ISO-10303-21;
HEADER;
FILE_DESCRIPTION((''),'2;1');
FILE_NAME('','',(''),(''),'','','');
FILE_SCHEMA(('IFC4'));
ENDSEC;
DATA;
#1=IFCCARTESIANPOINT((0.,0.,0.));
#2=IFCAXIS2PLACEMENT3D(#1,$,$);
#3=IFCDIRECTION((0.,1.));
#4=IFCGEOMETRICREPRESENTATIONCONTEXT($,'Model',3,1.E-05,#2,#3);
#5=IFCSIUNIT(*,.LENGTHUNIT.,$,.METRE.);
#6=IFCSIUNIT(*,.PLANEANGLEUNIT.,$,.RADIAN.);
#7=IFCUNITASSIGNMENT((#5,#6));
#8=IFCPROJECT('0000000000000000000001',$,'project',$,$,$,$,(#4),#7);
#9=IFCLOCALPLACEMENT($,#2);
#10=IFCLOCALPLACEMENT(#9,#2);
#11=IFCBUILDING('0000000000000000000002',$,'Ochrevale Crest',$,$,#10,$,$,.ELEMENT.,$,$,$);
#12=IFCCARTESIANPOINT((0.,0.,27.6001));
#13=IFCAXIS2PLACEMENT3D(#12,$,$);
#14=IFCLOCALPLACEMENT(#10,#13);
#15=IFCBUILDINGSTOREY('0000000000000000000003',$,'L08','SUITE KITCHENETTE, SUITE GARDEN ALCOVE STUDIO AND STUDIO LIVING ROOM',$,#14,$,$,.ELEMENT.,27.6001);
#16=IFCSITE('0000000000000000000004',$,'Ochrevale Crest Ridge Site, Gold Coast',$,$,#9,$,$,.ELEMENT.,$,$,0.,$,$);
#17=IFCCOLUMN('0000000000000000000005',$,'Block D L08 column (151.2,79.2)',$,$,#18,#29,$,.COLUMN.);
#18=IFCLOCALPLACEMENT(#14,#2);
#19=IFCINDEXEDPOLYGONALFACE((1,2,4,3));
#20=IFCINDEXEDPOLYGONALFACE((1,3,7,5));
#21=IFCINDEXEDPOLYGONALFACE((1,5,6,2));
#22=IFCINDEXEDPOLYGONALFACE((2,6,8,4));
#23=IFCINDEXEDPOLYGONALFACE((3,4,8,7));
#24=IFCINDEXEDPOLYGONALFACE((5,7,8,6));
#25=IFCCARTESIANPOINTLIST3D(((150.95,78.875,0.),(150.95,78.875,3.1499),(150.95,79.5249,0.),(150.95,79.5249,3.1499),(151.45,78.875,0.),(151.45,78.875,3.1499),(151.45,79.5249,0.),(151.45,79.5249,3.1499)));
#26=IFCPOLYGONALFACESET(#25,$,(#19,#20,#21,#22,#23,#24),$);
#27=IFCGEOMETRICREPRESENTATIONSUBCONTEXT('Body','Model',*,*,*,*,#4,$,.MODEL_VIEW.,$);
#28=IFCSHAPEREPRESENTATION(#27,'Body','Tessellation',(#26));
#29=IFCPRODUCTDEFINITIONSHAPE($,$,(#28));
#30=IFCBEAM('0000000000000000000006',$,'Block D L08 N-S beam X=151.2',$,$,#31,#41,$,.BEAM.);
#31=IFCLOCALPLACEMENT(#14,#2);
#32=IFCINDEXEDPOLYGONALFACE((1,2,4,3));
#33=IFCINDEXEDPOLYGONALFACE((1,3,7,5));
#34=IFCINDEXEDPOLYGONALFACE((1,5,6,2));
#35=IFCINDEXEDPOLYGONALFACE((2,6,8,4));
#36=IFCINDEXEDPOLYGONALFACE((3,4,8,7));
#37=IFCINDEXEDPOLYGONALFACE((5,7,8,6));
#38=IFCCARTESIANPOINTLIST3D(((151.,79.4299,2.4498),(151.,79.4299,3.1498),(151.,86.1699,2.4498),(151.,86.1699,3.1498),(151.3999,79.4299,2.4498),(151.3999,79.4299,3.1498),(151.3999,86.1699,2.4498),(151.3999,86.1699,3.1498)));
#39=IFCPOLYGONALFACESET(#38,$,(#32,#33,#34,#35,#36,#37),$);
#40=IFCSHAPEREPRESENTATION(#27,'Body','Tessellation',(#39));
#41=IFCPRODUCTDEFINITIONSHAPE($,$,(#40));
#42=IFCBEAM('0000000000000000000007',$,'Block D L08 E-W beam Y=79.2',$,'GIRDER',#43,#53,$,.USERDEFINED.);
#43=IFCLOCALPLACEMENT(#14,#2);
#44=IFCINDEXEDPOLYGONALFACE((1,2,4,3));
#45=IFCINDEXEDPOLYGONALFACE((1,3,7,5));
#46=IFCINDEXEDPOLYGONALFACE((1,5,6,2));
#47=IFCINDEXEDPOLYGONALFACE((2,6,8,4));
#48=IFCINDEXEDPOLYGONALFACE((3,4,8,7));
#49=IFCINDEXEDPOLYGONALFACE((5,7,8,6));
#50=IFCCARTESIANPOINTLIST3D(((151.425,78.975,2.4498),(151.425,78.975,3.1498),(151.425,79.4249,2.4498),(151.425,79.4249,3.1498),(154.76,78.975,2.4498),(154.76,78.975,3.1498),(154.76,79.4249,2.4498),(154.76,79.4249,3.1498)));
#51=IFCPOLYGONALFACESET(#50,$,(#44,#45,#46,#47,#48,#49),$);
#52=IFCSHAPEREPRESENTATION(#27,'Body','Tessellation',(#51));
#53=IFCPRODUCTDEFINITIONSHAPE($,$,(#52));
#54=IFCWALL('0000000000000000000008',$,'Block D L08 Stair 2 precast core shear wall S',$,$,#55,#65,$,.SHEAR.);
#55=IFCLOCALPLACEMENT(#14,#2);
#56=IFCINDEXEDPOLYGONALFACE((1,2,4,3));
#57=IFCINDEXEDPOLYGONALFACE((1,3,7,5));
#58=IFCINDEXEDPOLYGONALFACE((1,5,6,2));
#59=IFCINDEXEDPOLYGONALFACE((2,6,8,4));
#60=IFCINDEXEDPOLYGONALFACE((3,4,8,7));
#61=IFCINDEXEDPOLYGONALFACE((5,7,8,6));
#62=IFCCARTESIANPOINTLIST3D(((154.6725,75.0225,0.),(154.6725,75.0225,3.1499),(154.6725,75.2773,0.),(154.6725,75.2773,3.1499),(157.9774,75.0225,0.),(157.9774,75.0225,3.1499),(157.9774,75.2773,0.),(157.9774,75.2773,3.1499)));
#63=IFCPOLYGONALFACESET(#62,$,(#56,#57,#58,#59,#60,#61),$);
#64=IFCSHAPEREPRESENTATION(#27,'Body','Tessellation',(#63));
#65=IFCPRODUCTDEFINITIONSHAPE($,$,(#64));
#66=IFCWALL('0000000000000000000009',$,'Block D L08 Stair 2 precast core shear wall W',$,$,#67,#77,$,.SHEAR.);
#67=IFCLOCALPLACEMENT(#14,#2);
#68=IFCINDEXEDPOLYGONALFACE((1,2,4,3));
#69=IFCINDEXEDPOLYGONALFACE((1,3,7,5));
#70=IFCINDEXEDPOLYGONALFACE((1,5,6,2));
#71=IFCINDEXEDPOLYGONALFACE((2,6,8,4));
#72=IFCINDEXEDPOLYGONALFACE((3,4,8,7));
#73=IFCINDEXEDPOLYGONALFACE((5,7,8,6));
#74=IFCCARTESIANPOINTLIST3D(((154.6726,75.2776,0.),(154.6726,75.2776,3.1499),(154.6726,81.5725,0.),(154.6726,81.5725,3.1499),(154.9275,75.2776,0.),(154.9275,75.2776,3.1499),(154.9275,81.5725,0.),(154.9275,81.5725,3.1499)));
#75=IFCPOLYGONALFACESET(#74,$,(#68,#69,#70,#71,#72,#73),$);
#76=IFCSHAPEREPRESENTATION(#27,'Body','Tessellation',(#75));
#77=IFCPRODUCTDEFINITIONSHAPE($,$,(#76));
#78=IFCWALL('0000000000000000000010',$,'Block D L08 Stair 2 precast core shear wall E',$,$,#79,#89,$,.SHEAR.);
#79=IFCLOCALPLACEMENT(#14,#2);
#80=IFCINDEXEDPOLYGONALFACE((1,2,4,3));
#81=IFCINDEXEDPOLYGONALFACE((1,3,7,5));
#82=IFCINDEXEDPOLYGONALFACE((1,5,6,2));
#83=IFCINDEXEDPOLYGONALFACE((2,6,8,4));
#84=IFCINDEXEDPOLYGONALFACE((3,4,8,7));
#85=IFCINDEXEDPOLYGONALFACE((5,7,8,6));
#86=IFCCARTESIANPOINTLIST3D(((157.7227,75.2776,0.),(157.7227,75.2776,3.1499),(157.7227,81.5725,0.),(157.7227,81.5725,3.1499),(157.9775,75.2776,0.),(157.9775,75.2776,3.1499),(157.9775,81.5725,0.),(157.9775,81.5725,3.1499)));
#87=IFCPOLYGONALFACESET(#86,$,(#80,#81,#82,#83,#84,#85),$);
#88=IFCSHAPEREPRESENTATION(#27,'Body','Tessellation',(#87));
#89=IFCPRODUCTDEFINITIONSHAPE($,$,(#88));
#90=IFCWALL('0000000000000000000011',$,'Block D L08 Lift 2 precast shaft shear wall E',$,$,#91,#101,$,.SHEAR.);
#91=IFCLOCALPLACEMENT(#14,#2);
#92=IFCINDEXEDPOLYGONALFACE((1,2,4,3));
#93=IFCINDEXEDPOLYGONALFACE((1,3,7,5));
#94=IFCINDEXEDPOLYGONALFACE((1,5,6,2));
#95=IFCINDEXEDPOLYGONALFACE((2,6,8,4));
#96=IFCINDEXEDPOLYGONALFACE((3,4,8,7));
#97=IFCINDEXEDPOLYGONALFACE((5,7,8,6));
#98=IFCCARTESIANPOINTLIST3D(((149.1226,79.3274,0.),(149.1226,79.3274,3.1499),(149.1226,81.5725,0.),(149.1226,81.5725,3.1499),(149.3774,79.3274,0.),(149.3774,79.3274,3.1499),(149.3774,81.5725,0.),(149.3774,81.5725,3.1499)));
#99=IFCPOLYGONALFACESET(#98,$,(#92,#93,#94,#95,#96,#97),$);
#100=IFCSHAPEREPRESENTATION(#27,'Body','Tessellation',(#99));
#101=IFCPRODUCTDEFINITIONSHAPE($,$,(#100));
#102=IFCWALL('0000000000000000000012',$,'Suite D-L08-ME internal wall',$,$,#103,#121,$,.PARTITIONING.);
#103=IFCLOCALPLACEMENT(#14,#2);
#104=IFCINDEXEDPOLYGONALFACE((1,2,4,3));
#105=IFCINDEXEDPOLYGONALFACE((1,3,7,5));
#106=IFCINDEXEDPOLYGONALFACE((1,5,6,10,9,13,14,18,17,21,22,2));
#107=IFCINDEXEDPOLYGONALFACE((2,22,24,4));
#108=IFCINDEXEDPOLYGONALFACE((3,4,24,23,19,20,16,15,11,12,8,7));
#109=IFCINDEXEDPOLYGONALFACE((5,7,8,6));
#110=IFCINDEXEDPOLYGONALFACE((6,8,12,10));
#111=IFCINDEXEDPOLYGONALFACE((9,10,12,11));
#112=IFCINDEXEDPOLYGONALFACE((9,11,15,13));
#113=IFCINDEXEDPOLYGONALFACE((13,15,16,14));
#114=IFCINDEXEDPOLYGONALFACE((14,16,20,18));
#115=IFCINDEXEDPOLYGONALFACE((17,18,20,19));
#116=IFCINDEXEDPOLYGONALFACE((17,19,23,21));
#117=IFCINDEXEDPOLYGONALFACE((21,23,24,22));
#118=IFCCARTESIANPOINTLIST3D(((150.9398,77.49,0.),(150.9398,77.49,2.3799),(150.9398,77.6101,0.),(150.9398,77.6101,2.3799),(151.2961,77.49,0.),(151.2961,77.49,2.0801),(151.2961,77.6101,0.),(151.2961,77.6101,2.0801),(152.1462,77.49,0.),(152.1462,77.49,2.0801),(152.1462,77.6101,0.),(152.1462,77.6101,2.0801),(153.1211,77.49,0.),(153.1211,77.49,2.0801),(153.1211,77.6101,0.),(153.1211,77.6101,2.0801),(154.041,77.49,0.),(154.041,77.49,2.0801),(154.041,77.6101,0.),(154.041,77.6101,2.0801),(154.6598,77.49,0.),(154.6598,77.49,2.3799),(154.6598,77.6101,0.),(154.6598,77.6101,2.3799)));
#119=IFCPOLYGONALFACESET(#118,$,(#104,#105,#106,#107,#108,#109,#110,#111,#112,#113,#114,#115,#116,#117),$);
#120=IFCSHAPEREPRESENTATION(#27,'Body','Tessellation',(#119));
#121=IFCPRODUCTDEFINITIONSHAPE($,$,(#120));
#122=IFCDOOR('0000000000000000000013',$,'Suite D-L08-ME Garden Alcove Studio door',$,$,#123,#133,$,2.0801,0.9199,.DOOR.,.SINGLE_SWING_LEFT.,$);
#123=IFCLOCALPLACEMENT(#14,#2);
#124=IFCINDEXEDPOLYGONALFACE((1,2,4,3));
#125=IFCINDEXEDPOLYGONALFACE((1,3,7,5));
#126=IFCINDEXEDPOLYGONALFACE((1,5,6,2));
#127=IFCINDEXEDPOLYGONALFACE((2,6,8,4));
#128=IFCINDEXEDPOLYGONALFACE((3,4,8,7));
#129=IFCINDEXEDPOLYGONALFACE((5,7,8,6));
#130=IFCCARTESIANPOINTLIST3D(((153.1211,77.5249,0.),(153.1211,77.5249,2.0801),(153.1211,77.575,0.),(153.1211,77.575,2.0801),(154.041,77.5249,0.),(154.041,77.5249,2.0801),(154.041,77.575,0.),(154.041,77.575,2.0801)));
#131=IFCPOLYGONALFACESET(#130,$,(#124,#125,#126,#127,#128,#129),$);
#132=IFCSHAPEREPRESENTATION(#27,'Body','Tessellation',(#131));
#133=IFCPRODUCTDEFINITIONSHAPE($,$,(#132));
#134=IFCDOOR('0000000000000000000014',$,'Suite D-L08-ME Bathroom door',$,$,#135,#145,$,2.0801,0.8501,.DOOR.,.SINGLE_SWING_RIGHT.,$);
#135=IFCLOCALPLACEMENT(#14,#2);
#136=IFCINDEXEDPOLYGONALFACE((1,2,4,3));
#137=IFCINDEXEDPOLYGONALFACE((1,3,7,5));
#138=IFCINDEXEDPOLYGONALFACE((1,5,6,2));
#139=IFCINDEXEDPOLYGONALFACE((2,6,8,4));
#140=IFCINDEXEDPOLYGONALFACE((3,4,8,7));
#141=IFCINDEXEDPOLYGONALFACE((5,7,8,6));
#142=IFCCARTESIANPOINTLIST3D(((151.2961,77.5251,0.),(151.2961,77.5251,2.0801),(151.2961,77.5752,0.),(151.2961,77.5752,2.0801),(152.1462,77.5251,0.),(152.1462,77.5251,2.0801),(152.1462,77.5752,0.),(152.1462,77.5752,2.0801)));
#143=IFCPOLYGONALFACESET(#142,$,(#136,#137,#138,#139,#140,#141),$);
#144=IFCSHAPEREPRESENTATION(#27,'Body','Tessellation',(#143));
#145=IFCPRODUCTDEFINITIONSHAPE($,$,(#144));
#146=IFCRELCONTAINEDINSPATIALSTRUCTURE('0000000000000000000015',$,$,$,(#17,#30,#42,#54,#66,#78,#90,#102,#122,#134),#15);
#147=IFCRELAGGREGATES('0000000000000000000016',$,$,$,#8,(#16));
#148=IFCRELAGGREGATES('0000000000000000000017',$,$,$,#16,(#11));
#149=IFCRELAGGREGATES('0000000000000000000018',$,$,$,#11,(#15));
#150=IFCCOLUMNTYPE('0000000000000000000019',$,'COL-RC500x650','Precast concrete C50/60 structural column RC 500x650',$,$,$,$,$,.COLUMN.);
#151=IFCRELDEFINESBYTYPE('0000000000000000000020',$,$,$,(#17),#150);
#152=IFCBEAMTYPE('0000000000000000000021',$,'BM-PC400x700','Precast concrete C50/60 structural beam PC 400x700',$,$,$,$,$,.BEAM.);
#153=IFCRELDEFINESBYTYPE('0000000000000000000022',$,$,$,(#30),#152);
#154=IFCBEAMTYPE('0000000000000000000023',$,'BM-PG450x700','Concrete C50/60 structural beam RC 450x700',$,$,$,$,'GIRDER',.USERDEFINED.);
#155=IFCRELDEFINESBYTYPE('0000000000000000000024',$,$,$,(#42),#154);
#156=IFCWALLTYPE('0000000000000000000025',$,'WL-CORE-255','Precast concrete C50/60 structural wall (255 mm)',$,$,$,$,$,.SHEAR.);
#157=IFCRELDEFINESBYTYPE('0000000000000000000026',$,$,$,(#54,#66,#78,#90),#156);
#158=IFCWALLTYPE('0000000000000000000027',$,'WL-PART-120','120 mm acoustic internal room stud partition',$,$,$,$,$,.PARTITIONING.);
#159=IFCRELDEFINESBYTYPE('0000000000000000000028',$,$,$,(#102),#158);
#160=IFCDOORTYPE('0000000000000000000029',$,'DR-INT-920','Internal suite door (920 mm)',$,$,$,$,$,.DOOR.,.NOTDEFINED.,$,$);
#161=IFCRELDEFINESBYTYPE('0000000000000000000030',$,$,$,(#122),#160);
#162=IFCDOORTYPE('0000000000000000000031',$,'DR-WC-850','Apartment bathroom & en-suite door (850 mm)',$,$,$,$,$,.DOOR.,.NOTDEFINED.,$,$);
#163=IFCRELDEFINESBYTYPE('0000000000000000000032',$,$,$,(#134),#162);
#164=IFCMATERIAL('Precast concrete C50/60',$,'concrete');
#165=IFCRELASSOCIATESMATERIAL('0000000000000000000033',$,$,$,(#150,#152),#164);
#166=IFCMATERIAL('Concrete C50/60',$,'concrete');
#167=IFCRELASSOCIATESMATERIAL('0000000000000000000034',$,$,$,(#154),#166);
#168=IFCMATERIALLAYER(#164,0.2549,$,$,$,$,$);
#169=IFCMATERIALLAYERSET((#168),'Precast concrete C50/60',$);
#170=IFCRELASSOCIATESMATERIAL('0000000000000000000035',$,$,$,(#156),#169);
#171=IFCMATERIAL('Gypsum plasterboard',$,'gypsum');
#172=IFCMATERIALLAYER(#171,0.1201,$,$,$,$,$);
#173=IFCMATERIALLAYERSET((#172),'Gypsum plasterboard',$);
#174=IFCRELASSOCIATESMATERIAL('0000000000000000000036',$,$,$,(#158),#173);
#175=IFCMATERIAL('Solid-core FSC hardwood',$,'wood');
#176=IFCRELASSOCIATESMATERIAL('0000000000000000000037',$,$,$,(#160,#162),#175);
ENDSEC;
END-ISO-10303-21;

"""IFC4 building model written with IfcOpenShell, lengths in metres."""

from ifc_helpers import new_model, si_unit, direction, frame, frame_2d, origin, origin_2d, place, context, subcontext, project, spatial, rectangle, extrude, material, layer, layer_set, material_profile, profile_set, type_object, element, fill, save


model = new_model("IFC4")

# Units and contexts
model_context = context("Model", 3, precision=1e-05, world=origin(), true_north=direction((0.0, 1.0)))
body_context = subcontext(model_context, "Body", "Model", "MODEL_VIEW")
ifc_project = project(units=[si_unit("LENGTHUNIT", "METRE"), si_unit("PLANEANGLEUNIT", "RADIAN")], contexts=[model_context])

# Site, building, storey
site_placement = place(None, origin())
site = spatial("IfcSite", under=ifc_project, at=site_placement, Name="Ochrevale Crest Ridge Site, Gold Coast", CompositionType="ELEMENT", RefElevation=0.0)
building_placement = place(site_placement, origin())
building = spatial("IfcBuilding", under=site, at=building_placement, Name="Ochrevale Crest", CompositionType="ELEMENT")
storey_placement = place(building_placement, frame((0.0, 0.0, 27.6001)))
storey = spatial("IfcBuildingStorey", under=building, at=storey_placement, Name="L08", Description="SUITE KITCHENETTE, SUITE GARDEN ALCOVE STUDIO AND STUDIO LIVING ROOM", CompositionType="ELEMENT", Elevation=27.6001)

# Column
ifc_material_1 = material(Name="Precast concrete C50/60", Category="concrete")
ifc_material_profile_1 = material_profile(ifc_material_1, rectangle(XDim=0.5, YDim=0.6499, at=origin_2d()), Name="RC 500x650")
ifc_profile_set_1 = profile_set([ifc_material_profile_1], Name="Precast concrete C50/60")
column_type = type_object("IfcColumnType", Name="COL-RC500x650", Description="Precast concrete C50/60 structural column RC 500x650", PredefinedType="COLUMN", material=ifc_profile_set_1)
column_placement = place(storey_placement, frame((151.2, 79.2, 0.0), z_axis=(0.0, 0.0, 1.0), x_axis=(1.0, 0.0, 0.0)))
element("IfcColumn", 1, at=column_placement, inside=storey, type_object=column_type, Name="Block D L08 column (151.2,79.2)", PredefinedType="COLUMN", context=body_context, shape_type="SweptSolid", body=[
    extrude(rectangle(XDim=0.5, YDim=0.6499, at=origin_2d()), origin(), (0.0, 0.0, 1.0), 3.1499),
])

# Beams
ifc_material_profile_2 = material_profile(ifc_material_1, rectangle(XDim=0.3999, YDim=0.7, at=origin_2d()), Name="PC 400x700")
ifc_profile_set_2 = profile_set([ifc_material_profile_2], Name="Precast concrete C50/60")
beam_type_1 = type_object("IfcBeamType", Name="BM-PC400x700", Description="Precast concrete C50/60 structural beam PC 400x700", PredefinedType="BEAM", material=ifc_profile_set_2)
beam_1_placement = place(storey_placement, frame((151.2, 79.4299, 2.7998), z_axis=(0.0, 1.0, 0.0), x_axis=(-1.0, 0.0, 0.0)))
element("IfcBeam", 2, at=beam_1_placement, inside=storey, type_object=beam_type_1, Name="Block D L08 N-S beam X=151.2", PredefinedType="BEAM", context=body_context, shape_type="SweptSolid", body=[
    extrude(rectangle(XDim=0.3999, YDim=0.7, at=origin_2d()), origin(), (0.0, 0.0, 1.0), 6.74),
])
ifc_material_2 = material(Name="Concrete C50/60", Category="concrete")
ifc_material_profile_3 = material_profile(ifc_material_2, rectangle(XDim=0.45, YDim=0.7, at=origin_2d()), Name="RC 450x700")
ifc_profile_set_3 = profile_set([ifc_material_profile_3], Name="Concrete C50/60")
beam_type_2 = type_object("IfcBeamType", Name="BM-PG450x700", Description="Concrete C50/60 structural beam RC 450x700", ElementType="GIRDER", PredefinedType="USERDEFINED", material=ifc_profile_set_3)
beam_2_placement = place(storey_placement, frame((151.425, 79.2, 2.7998), z_axis=(1.0, 0.0, 0.0), x_axis=(0.0, 1.0, 0.0)))
element("IfcBeam", 3, at=beam_2_placement, inside=storey, type_object=beam_type_2, Name="Block D L08 E-W beam Y=79.2", ObjectType="GIRDER", PredefinedType="USERDEFINED", context=body_context, shape_type="SweptSolid", body=[
    extrude(rectangle(XDim=0.45, YDim=0.7, at=origin_2d()), origin(), (0.0, 0.0, 1.0), 3.335),
])

# Walls
ifc_layer_1 = layer(ifc_material_1, 0.2549)
ifc_layer_set_1 = layer_set([ifc_layer_1], Name="Precast concrete C50/60")
wall_type_1 = type_object("IfcWallType", Name="WL-CORE-255", Description="Precast concrete C50/60 structural wall (255 mm)", PredefinedType="SHEAR", material=ifc_layer_set_1)
wall_1_placement = place(storey_placement, frame((154.6726, 75.1499, 0.0), z_axis=(0.0, 0.0, 1.0), x_axis=(1.0, 0.0, 0.0)))
element("IfcWall", 4, at=wall_1_placement, inside=storey, type_object=wall_type_1, Name="Block D L08 Stair 2 precast core shear wall S", PredefinedType="SHEAR", context=body_context, shape_type="SweptSolid", body=[
    extrude(rectangle(XDim=3.3049, YDim=0.2549, at=frame_2d((1.6523, 0.0))), origin(), (0.0, 0.0, 1.0), 3.1499),
])
for number, where, z_axis, x_axis, name in (
    (5, (154.8, 75.2776, 0.0), (0.0, 0.0, 1.0), (0.0, 1.0, 0.0), "Block D L08 Stair 2 precast core shear wall W"),
    (6, (157.8501, 75.2776, 0.0), (0.0, 0.0, 1.0), (0.0, 1.0, 0.0), "Block D L08 Stair 2 precast core shear wall E"),
):
    element("IfcWall", number, at=place(storey_placement, frame(where, z_axis=z_axis, x_axis=x_axis)), inside=storey, type_object=wall_type_1, Name=name, PredefinedType="SHEAR", context=body_context, shape_type="SweptSolid", body=[
        extrude(rectangle(XDim=6.2949, YDim=0.2549, at=frame_2d((3.1475, 0.0))), origin(), (0.0, 0.0, 1.0), 3.1499),
    ])
wall_2_placement = place(storey_placement, frame((149.25, 79.3274, 0.0), z_axis=(0.0, 0.0, 1.0), x_axis=(0.0, 1.0, 0.0)))
element("IfcWall", 7, at=wall_2_placement, inside=storey, type_object=wall_type_1, Name="Block D L08 Lift 2 precast shaft shear wall E", PredefinedType="SHEAR", context=body_context, shape_type="SweptSolid", body=[
    extrude(rectangle(XDim=2.2451, YDim=0.2549, at=frame_2d((1.1226, 0.0))), origin(), (0.0, 0.0, 1.0), 3.1499),
])

# Wall, openings, doors
ifc_material_3 = material(Name="Gypsum plasterboard", Category="gypsum")
ifc_layer_2 = layer(ifc_material_3, 0.1201)
ifc_layer_set_2 = layer_set([ifc_layer_2], Name="Gypsum plasterboard")
wall_type_2 = type_object("IfcWallType", Name="WL-PART-120", Description="120 mm acoustic internal room stud partition", PredefinedType="PARTITIONING", material=ifc_layer_set_2)
wall_3_placement = place(storey_placement, frame((150.9399, 77.55, 0.0), z_axis=(0.0, 0.0, 1.0), x_axis=(1.0, 0.0, 0.0)))
wall_3 = element("IfcWall", 8, at=wall_3_placement, inside=storey, type_object=wall_type_2, Name="Suite D-L08-ME internal wall", PredefinedType="PARTITIONING", context=body_context, shape_type="SweptSolid", body=[
    extrude(rectangle(XDim=3.72, YDim=0.1201, at=frame_2d((1.8599, 0.0))), origin(), (0.0, 0.0, 1.0), 2.3799),
])
opening_1_placement = place(wall_3_placement, frame((1.2063, 0.0, 0.0), z_axis=(0.0, 0.0, 1.0), x_axis=(-1.0, 0.0, 0.0)))
opening_1 = element("IfcOpeningElement", 9, at=opening_1_placement, cuts=wall_3, PredefinedType="OPENING", context=body_context, shape_type="SweptSolid", body=[
    extrude(rectangle(XDim=0.8501, YDim=2.0801, at=frame_2d((0.425, 1.04))), frame((0.0, 0.0701, 0.0), z_axis=(0.0, -1.0, 0.0), x_axis=(1.0, 0.0, 0.0)), (0.0, 0.0, 1.0), 0.1401),
])
opening_2_placement = place(wall_3_placement, frame((2.1812, 0.0, 0.0)))
opening_2 = element("IfcOpeningElement", 10, at=opening_2_placement, cuts=wall_3, PredefinedType="OPENING", context=body_context, shape_type="SweptSolid", body=[
    extrude(rectangle(XDim=0.9199, YDim=2.0801, at=frame_2d((0.46, 1.04))), frame((0.0, 0.0701, 0.0), z_axis=(0.0, -1.0, 0.0), x_axis=(1.0, 0.0, 0.0)), (0.0, 0.0, 1.0), 0.1401),
])
ifc_material_4 = material(Name="Solid-core FSC hardwood", Category="wood")
door_type_1 = type_object("IfcDoorType", Name="DR-INT-920", Description="Internal suite door (920 mm)", OperationType="NOTDEFINED", PredefinedType="DOOR", material=ifc_material_4)
door_1_placement = place(opening_2_placement, origin())
door_1 = element("IfcDoor", 11, at=door_1_placement, inside=storey, type_object=door_type_1, Name="Suite D-L08-ME Garden Alcove Studio door", OperationType="SINGLE_SWING_LEFT", OverallHeight=2.0801, OverallWidth=0.9199, PredefinedType="DOOR", context=body_context, shape_type="SweptSolid", body=[
    extrude(rectangle(XDim=0.9199, YDim=2.0801, at=frame_2d((0.46, 1.04))), frame((0.0, 0.0249, 0.0), z_axis=(0.0, -1.0, 0.0), x_axis=(1.0, 0.0, 0.0)), (0.0, 0.0, 1.0), 0.05),
])
fill(opening_2, door_1)
door_type_2 = type_object("IfcDoorType", Name="DR-WC-850", Description="Apartment bathroom & en-suite door (850 mm)", OperationType="NOTDEFINED", PredefinedType="DOOR", material=ifc_material_4)
door_2_placement = place(opening_1_placement, origin())
door_2 = element("IfcDoor", 12, at=door_2_placement, inside=storey, type_object=door_type_2, Name="Suite D-L08-ME Bathroom door", OperationType="SINGLE_SWING_RIGHT", OverallHeight=2.0801, OverallWidth=0.8501, PredefinedType="DOOR", context=body_context, shape_type="SweptSolid", body=[
    extrude(rectangle(XDim=0.8501, YDim=2.0801, at=frame_2d((0.425, 1.04))), frame((0.0, 0.0249, 0.0), z_axis=(0.0, -1.0, 0.0), x_axis=(1.0, 0.0, 0.0)), (0.0, 0.0, 1.0), 0.05),
])
fill(opening_1, door_2)

save(model, "model.ifc")
